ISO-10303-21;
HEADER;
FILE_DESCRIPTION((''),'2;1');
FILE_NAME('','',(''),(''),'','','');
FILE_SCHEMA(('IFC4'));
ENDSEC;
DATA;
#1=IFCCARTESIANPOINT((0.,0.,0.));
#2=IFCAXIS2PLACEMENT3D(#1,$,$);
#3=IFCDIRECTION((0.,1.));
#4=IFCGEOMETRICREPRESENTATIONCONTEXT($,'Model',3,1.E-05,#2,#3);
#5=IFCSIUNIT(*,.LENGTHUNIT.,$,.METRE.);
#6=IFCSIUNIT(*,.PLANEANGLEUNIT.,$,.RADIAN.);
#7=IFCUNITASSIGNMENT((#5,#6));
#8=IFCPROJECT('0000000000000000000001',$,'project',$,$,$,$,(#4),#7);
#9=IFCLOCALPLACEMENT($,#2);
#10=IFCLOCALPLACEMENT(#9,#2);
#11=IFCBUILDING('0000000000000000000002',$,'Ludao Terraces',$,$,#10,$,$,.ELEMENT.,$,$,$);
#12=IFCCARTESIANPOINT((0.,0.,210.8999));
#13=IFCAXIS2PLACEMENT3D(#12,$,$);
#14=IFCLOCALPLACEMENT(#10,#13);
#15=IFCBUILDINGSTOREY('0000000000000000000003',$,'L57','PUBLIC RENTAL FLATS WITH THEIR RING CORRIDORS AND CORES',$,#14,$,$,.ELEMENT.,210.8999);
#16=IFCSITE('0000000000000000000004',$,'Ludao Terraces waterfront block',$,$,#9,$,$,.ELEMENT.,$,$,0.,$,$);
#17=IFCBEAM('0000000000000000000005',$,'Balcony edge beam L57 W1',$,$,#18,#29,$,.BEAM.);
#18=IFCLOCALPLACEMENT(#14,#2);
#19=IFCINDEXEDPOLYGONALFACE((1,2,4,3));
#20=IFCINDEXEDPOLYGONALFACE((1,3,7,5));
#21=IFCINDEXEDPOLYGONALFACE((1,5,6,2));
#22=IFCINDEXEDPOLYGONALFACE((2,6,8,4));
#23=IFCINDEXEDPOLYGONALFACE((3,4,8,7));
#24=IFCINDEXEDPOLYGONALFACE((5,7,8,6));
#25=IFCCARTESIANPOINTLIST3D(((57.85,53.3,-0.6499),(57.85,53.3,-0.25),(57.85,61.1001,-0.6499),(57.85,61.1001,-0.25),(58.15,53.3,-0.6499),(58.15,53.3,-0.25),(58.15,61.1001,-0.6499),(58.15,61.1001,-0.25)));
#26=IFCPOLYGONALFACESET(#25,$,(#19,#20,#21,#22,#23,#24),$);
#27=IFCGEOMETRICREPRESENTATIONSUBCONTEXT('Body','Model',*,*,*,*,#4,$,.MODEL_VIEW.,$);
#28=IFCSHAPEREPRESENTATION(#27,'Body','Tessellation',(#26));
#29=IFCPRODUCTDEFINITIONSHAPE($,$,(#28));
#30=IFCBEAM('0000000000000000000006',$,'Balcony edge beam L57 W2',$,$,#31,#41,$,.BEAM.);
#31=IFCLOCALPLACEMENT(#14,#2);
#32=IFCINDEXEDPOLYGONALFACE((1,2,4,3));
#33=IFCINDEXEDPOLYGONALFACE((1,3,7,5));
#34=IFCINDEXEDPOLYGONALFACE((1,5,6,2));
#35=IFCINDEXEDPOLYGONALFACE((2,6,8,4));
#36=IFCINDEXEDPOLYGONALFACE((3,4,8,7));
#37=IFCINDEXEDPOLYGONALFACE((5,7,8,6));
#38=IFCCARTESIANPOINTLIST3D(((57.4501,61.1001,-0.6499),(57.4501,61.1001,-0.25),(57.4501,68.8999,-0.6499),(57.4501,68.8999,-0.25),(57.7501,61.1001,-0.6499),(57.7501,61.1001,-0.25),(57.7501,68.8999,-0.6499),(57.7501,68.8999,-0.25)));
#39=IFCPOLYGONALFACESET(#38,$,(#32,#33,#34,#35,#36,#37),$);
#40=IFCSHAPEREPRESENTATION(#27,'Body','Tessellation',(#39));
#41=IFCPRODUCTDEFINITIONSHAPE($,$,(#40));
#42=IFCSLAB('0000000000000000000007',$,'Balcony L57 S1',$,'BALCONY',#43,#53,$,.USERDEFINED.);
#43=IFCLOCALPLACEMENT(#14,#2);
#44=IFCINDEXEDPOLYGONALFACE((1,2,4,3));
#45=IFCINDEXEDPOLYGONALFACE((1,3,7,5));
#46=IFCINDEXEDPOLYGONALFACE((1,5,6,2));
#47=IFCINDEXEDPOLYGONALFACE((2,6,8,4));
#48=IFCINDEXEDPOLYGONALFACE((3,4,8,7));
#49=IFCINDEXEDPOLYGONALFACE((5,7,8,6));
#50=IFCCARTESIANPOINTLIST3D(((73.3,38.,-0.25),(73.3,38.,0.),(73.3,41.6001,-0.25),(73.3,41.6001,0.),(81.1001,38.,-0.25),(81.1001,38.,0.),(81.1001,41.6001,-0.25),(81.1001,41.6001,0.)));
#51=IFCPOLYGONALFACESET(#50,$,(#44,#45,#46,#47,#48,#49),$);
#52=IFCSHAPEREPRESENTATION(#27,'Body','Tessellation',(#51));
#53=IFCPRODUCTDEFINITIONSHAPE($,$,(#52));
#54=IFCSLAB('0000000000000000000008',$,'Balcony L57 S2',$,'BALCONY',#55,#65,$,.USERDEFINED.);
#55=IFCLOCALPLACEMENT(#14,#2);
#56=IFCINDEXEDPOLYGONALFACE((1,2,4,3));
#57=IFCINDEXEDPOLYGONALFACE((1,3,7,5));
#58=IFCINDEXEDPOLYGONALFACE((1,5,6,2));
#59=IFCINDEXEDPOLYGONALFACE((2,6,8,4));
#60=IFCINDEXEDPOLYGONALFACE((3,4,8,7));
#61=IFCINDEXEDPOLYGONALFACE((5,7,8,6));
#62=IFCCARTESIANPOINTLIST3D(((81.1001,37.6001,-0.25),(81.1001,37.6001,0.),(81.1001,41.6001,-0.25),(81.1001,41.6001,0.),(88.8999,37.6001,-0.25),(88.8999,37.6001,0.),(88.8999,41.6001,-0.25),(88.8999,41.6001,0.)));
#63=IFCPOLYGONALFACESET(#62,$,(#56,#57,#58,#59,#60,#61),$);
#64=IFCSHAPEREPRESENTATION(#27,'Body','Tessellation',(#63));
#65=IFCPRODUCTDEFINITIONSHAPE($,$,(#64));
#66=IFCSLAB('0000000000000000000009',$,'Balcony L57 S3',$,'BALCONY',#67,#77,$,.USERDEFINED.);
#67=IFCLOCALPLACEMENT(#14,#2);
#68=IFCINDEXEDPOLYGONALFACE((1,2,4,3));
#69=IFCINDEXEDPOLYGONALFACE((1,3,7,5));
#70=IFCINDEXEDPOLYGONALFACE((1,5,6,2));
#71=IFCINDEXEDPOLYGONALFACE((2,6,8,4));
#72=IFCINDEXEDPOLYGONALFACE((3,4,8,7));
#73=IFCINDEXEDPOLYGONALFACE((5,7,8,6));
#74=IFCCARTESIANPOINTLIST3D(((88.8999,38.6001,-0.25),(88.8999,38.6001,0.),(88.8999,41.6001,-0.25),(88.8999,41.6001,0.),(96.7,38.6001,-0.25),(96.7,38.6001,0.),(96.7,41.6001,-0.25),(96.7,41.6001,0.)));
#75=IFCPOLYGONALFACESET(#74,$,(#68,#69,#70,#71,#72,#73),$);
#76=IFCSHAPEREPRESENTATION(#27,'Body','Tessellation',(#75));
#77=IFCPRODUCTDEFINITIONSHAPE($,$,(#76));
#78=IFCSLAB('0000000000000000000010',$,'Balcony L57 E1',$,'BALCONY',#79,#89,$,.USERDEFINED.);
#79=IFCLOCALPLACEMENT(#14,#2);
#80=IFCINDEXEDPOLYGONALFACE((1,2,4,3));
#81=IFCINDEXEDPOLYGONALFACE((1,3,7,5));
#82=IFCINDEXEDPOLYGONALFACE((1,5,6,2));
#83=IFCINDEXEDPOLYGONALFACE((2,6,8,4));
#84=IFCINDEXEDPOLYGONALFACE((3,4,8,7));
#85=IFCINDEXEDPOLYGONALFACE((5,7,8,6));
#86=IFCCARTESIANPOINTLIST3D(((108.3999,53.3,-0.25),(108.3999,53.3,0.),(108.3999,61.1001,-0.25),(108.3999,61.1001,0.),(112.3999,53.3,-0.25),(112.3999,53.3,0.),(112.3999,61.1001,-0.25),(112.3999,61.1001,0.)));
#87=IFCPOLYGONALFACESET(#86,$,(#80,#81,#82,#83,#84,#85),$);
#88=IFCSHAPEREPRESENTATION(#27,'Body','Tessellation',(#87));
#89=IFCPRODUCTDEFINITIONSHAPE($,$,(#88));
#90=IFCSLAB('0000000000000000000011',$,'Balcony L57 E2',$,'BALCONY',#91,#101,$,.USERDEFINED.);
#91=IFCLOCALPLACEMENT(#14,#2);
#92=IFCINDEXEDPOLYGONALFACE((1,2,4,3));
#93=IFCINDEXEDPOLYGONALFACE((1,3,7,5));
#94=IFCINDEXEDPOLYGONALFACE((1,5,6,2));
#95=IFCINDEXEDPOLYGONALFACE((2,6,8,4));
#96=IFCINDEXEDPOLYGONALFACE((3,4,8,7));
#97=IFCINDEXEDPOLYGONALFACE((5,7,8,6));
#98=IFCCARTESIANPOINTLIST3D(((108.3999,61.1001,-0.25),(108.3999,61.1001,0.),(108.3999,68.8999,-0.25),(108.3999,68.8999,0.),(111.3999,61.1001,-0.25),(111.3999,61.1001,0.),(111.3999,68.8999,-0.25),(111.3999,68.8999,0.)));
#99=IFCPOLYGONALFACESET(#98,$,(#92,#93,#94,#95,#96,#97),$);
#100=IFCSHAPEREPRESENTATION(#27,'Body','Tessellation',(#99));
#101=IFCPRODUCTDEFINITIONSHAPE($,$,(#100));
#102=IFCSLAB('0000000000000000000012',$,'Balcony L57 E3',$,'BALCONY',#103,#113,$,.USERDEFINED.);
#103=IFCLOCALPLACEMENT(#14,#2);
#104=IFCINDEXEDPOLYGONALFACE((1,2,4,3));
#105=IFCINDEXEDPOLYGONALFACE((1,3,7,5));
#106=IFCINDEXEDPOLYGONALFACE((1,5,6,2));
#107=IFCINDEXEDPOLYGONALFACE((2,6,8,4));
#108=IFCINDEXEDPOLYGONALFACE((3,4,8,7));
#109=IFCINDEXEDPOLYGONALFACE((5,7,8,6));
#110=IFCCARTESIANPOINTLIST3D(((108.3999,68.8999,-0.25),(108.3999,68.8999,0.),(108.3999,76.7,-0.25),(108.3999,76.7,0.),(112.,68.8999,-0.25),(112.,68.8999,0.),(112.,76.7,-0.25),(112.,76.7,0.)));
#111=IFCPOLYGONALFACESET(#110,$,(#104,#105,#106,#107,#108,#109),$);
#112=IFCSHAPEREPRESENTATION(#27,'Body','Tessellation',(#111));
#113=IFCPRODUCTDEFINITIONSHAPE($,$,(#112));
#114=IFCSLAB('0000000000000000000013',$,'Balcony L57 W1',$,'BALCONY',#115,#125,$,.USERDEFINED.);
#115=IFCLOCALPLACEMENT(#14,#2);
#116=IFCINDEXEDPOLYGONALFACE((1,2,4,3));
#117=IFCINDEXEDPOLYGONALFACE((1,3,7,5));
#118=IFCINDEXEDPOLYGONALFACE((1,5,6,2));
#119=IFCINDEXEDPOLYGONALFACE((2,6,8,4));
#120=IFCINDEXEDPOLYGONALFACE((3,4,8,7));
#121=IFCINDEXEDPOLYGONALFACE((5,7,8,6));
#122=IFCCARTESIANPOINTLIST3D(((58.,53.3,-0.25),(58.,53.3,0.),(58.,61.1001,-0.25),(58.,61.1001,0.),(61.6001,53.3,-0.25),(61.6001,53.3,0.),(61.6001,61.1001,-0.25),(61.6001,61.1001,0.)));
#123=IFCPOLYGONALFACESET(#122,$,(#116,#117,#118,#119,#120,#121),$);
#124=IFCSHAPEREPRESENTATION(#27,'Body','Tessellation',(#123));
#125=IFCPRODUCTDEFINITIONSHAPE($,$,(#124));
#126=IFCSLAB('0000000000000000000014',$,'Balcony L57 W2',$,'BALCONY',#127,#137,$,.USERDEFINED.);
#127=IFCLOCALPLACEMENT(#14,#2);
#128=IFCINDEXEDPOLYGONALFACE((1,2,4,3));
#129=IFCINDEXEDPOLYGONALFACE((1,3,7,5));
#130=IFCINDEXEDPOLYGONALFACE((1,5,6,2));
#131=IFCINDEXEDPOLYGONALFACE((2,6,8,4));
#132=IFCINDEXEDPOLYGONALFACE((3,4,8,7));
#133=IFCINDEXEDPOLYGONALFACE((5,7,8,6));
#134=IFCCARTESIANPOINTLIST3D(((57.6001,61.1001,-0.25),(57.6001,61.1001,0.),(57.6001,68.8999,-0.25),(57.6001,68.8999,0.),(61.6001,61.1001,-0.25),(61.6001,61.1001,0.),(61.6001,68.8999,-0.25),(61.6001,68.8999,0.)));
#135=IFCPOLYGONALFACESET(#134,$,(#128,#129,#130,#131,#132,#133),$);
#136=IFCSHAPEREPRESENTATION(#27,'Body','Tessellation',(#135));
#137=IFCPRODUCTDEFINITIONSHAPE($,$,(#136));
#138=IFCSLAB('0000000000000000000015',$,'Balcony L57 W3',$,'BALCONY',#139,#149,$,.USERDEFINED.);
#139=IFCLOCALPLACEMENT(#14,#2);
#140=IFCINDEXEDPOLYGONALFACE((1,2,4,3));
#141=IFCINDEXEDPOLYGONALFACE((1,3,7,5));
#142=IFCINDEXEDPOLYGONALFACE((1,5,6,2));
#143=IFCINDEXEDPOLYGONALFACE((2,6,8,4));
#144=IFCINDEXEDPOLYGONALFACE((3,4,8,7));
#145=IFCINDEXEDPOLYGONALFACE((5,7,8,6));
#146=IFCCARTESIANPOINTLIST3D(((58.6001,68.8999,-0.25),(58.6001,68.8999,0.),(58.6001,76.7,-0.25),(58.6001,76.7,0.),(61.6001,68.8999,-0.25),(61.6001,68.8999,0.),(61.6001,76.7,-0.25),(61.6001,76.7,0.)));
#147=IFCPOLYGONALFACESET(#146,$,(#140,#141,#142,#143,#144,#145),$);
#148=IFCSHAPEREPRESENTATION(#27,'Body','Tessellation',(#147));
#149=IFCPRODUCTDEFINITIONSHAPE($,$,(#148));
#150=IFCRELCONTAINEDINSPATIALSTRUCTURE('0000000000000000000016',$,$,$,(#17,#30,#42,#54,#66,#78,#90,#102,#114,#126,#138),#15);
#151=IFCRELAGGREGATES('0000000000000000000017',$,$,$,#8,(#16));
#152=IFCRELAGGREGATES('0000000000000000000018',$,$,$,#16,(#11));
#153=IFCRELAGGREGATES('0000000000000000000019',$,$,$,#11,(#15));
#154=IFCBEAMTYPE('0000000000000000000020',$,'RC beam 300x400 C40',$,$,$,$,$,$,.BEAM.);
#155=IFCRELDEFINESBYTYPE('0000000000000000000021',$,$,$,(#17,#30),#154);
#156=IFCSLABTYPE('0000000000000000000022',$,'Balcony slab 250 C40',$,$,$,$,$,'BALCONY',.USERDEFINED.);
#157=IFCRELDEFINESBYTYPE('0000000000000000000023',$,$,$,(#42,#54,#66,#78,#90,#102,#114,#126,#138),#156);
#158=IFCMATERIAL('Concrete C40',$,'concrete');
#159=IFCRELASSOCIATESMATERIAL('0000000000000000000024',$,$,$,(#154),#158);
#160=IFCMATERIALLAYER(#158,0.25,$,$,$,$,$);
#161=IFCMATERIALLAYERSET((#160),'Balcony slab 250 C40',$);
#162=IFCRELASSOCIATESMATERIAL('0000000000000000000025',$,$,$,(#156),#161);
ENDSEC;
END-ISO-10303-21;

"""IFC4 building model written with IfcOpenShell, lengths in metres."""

from ifc_helpers import new_model, si_unit, direction, frame, origin, origin_2d, place, context, subcontext, project, spatial, polyline, rectangle, outline, extrude, material, layer, layer_set, material_profile, profile_set, type_object, element, save


model = new_model("IFC4")

# Units and contexts
model_context = context("Model", 3, precision=1e-05, world=origin(), true_north=direction((0.0, 1.0)))
body_context = subcontext(model_context, "Body", "Model", "MODEL_VIEW")
ifc_project = project(units=[si_unit("LENGTHUNIT", "METRE"), si_unit("PLANEANGLEUNIT", "RADIAN")], contexts=[model_context])

# Site, building, storey
site_placement = place(None, origin())
site = spatial("IfcSite", under=ifc_project, at=site_placement, Name="Ludao Terraces waterfront block", CompositionType="ELEMENT", RefElevation=0.0)
building_placement = place(site_placement, origin())
building = spatial("IfcBuilding", under=site, at=building_placement, Name="Ludao Terraces", CompositionType="ELEMENT")
storey_placement = place(building_placement, frame((0.0, 0.0, 210.8999)))
storey = spatial("IfcBuildingStorey", under=building, at=storey_placement, Name="L57", Description="PUBLIC RENTAL FLATS WITH THEIR RING CORRIDORS AND CORES", CompositionType="ELEMENT", Elevation=210.8999)

# Beams
ifc_material_1 = material(Name="Concrete C40", Category="concrete")
ifc_material_profile = material_profile(ifc_material_1, rectangle(XDim=0.3, YDim=0.3999, at=origin_2d()), Name="300 X 400")
ifc_profile_set = profile_set([ifc_material_profile], Name="Concrete C40")
beam_type = type_object("IfcBeamType", Name="RC beam 300x400 C40", PredefinedType="BEAM", material=ifc_profile_set)
beam_1_placement = place(storey_placement, frame((58.0, 53.3, -0.45), z_axis=(0.0, 1.0, 0.0), x_axis=(-1.0, 0.0, 0.0)))
element("IfcBeam", 1, at=beam_1_placement, inside=storey, type_object=beam_type, Name="Balcony edge beam L57 W1", PredefinedType="BEAM", context=body_context, shape_type="SweptSolid", body=[
    extrude(rectangle(XDim=0.3, YDim=0.3999, at=origin_2d()), origin(), (0.0, 0.0, 1.0), 7.8),
])
beam_2_placement = place(storey_placement, frame((57.6001, 61.1001, -0.45), z_axis=(0.0, 1.0, 0.0), x_axis=(-1.0, 0.0, 0.0)))
element("IfcBeam", 2, at=beam_2_placement, inside=storey, type_object=beam_type, Name="Balcony edge beam L57 W2", PredefinedType="BEAM", context=body_context, shape_type="SweptSolid", body=[
    extrude(rectangle(XDim=0.3, YDim=0.3999, at=origin_2d()), origin(), (0.0, 0.0, 1.0), 7.7998),
])

# Slabs
ifc_layer_1 = layer(ifc_material_1, 0.25)
ifc_layer_set_1 = layer_set([ifc_layer_1], Name="Balcony slab 250 C40")
slab_type_1 = type_object("IfcSlabType", Name="Balcony slab 250 C40", ElementType="BALCONY", PredefinedType="USERDEFINED", material=ifc_layer_set_1)
slab_1_placement = place(storey_placement, frame((0.0, 0.0, -0.25)))
element("IfcSlab", 3, at=slab_1_placement, inside=storey, type_object=slab_type_1, Name="Balcony L57 S1", ObjectType="BALCONY", PredefinedType="USERDEFINED", context=body_context, shape_type="SweptSolid", body=[
    extrude(outline(polyline([(73.3, 38.0), (81.1001, 38.0), (81.1001, 41.6001), (73.3, 41.6001), (73.3, 38.0)])), origin(), (0.0, 0.0, 1.0), 0.25),
])
slab_2_placement = place(storey_placement, frame((0.0, 0.0, -0.25)))
element("IfcSlab", 4, at=slab_2_placement, inside=storey, type_object=slab_type_1, Name="Balcony L57 S2", ObjectType="BALCONY", PredefinedType="USERDEFINED", context=body_context, shape_type="SweptSolid", body=[
    extrude(outline(polyline([(81.1001, 37.6001), (88.8999, 37.6001), (88.8999, 41.6001), (81.1001, 41.6001), (81.1001, 37.6001)])), origin(), (0.0, 0.0, 1.0), 0.25),
])
slab_3_placement = place(storey_placement, frame((0.0, 0.0, -0.25)))
element("IfcSlab", 5, at=slab_3_placement, inside=storey, type_object=slab_type_1, Name="Balcony L57 S3", ObjectType="BALCONY", PredefinedType="USERDEFINED", context=body_context, shape_type="SweptSolid", body=[
    extrude(outline(polyline([(88.8999, 38.6001), (96.7, 38.6001), (96.7, 41.6001), (88.8999, 41.6001), (88.8999, 38.6001)])), origin(), (0.0, 0.0, 1.0), 0.25),
])
slab_4_placement = place(storey_placement, frame((0.0, 0.0, -0.25)))
element("IfcSlab", 6, at=slab_4_placement, inside=storey, type_object=slab_type_1, Name="Balcony L57 E1", ObjectType="BALCONY", PredefinedType="USERDEFINED", context=body_context, shape_type="SweptSolid", body=[
    extrude(outline(polyline([(108.3999, 53.3), (112.3999, 53.3), (112.3999, 61.1001), (108.3999, 61.1001), (108.3999, 53.3)])), origin(), (0.0, 0.0, 1.0), 0.25),
])
slab_5_placement = place(storey_placement, frame((0.0, 0.0, -0.25)))
element("IfcSlab", 7, at=slab_5_placement, inside=storey, type_object=slab_type_1, Name="Balcony L57 E2", ObjectType="BALCONY", PredefinedType="USERDEFINED", context=body_context, shape_type="SweptSolid", body=[
    extrude(outline(polyline([(108.3999, 61.1001), (111.3999, 61.1001), (111.3999, 68.8999), (108.3999, 68.8999), (108.3999, 61.1001)])), origin(), (0.0, 0.0, 1.0), 0.25),
])
slab_6_placement = place(storey_placement, frame((0.0, 0.0, -0.25)))
element("IfcSlab", 8, at=slab_6_placement, inside=storey, type_object=slab_type_1, Name="Balcony L57 E3", ObjectType="BALCONY", PredefinedType="USERDEFINED", context=body_context, shape_type="SweptSolid", body=[
    extrude(outline(polyline([(108.3999, 68.8999), (112.0, 68.8999), (112.0, 76.7), (108.3999, 76.7), (108.3999, 68.8999)])), origin(), (0.0, 0.0, 1.0), 0.25),
])
slab_7_placement = place(storey_placement, frame((0.0, 0.0, -0.25)))
element("IfcSlab", 9, at=slab_7_placement, inside=storey, type_object=slab_type_1, Name="Balcony L57 W1", ObjectType="BALCONY", PredefinedType="USERDEFINED", context=body_context, shape_type="SweptSolid", body=[
    extrude(outline(polyline([(58.0, 53.3), (61.6001, 53.3), (61.6001, 61.1001), (58.0, 61.1001), (58.0, 53.3)])), origin(), (0.0, 0.0, 1.0), 0.25),
])
slab_8_placement = place(storey_placement, frame((0.0, 0.0, -0.25)))
element("IfcSlab", 10, at=slab_8_placement, inside=storey, type_object=slab_type_1, Name="Balcony L57 W2", ObjectType="BALCONY", PredefinedType="USERDEFINED", context=body_context, shape_type="SweptSolid", body=[
    extrude(outline(polyline([(57.6001, 61.1001), (61.6001, 61.1001), (61.6001, 68.8999), (57.6001, 68.8999), (57.6001, 61.1001)])), origin(), (0.0, 0.0, 1.0), 0.25),
])
slab_9_placement = place(storey_placement, frame((0.0, 0.0, -0.25)))
element("IfcSlab", 11, at=slab_9_placement, inside=storey, type_object=slab_type_1, Name="Balcony L57 W3", ObjectType="BALCONY", PredefinedType="USERDEFINED", context=body_context, shape_type="SweptSolid", body=[
    extrude(outline(polyline([(58.6001, 68.8999), (61.6001, 68.8999), (61.6001, 76.7), (58.6001, 76.7), (58.6001, 68.8999)])), origin(), (0.0, 0.0, 1.0), 0.25),
])

save(model, "model.ifc")
